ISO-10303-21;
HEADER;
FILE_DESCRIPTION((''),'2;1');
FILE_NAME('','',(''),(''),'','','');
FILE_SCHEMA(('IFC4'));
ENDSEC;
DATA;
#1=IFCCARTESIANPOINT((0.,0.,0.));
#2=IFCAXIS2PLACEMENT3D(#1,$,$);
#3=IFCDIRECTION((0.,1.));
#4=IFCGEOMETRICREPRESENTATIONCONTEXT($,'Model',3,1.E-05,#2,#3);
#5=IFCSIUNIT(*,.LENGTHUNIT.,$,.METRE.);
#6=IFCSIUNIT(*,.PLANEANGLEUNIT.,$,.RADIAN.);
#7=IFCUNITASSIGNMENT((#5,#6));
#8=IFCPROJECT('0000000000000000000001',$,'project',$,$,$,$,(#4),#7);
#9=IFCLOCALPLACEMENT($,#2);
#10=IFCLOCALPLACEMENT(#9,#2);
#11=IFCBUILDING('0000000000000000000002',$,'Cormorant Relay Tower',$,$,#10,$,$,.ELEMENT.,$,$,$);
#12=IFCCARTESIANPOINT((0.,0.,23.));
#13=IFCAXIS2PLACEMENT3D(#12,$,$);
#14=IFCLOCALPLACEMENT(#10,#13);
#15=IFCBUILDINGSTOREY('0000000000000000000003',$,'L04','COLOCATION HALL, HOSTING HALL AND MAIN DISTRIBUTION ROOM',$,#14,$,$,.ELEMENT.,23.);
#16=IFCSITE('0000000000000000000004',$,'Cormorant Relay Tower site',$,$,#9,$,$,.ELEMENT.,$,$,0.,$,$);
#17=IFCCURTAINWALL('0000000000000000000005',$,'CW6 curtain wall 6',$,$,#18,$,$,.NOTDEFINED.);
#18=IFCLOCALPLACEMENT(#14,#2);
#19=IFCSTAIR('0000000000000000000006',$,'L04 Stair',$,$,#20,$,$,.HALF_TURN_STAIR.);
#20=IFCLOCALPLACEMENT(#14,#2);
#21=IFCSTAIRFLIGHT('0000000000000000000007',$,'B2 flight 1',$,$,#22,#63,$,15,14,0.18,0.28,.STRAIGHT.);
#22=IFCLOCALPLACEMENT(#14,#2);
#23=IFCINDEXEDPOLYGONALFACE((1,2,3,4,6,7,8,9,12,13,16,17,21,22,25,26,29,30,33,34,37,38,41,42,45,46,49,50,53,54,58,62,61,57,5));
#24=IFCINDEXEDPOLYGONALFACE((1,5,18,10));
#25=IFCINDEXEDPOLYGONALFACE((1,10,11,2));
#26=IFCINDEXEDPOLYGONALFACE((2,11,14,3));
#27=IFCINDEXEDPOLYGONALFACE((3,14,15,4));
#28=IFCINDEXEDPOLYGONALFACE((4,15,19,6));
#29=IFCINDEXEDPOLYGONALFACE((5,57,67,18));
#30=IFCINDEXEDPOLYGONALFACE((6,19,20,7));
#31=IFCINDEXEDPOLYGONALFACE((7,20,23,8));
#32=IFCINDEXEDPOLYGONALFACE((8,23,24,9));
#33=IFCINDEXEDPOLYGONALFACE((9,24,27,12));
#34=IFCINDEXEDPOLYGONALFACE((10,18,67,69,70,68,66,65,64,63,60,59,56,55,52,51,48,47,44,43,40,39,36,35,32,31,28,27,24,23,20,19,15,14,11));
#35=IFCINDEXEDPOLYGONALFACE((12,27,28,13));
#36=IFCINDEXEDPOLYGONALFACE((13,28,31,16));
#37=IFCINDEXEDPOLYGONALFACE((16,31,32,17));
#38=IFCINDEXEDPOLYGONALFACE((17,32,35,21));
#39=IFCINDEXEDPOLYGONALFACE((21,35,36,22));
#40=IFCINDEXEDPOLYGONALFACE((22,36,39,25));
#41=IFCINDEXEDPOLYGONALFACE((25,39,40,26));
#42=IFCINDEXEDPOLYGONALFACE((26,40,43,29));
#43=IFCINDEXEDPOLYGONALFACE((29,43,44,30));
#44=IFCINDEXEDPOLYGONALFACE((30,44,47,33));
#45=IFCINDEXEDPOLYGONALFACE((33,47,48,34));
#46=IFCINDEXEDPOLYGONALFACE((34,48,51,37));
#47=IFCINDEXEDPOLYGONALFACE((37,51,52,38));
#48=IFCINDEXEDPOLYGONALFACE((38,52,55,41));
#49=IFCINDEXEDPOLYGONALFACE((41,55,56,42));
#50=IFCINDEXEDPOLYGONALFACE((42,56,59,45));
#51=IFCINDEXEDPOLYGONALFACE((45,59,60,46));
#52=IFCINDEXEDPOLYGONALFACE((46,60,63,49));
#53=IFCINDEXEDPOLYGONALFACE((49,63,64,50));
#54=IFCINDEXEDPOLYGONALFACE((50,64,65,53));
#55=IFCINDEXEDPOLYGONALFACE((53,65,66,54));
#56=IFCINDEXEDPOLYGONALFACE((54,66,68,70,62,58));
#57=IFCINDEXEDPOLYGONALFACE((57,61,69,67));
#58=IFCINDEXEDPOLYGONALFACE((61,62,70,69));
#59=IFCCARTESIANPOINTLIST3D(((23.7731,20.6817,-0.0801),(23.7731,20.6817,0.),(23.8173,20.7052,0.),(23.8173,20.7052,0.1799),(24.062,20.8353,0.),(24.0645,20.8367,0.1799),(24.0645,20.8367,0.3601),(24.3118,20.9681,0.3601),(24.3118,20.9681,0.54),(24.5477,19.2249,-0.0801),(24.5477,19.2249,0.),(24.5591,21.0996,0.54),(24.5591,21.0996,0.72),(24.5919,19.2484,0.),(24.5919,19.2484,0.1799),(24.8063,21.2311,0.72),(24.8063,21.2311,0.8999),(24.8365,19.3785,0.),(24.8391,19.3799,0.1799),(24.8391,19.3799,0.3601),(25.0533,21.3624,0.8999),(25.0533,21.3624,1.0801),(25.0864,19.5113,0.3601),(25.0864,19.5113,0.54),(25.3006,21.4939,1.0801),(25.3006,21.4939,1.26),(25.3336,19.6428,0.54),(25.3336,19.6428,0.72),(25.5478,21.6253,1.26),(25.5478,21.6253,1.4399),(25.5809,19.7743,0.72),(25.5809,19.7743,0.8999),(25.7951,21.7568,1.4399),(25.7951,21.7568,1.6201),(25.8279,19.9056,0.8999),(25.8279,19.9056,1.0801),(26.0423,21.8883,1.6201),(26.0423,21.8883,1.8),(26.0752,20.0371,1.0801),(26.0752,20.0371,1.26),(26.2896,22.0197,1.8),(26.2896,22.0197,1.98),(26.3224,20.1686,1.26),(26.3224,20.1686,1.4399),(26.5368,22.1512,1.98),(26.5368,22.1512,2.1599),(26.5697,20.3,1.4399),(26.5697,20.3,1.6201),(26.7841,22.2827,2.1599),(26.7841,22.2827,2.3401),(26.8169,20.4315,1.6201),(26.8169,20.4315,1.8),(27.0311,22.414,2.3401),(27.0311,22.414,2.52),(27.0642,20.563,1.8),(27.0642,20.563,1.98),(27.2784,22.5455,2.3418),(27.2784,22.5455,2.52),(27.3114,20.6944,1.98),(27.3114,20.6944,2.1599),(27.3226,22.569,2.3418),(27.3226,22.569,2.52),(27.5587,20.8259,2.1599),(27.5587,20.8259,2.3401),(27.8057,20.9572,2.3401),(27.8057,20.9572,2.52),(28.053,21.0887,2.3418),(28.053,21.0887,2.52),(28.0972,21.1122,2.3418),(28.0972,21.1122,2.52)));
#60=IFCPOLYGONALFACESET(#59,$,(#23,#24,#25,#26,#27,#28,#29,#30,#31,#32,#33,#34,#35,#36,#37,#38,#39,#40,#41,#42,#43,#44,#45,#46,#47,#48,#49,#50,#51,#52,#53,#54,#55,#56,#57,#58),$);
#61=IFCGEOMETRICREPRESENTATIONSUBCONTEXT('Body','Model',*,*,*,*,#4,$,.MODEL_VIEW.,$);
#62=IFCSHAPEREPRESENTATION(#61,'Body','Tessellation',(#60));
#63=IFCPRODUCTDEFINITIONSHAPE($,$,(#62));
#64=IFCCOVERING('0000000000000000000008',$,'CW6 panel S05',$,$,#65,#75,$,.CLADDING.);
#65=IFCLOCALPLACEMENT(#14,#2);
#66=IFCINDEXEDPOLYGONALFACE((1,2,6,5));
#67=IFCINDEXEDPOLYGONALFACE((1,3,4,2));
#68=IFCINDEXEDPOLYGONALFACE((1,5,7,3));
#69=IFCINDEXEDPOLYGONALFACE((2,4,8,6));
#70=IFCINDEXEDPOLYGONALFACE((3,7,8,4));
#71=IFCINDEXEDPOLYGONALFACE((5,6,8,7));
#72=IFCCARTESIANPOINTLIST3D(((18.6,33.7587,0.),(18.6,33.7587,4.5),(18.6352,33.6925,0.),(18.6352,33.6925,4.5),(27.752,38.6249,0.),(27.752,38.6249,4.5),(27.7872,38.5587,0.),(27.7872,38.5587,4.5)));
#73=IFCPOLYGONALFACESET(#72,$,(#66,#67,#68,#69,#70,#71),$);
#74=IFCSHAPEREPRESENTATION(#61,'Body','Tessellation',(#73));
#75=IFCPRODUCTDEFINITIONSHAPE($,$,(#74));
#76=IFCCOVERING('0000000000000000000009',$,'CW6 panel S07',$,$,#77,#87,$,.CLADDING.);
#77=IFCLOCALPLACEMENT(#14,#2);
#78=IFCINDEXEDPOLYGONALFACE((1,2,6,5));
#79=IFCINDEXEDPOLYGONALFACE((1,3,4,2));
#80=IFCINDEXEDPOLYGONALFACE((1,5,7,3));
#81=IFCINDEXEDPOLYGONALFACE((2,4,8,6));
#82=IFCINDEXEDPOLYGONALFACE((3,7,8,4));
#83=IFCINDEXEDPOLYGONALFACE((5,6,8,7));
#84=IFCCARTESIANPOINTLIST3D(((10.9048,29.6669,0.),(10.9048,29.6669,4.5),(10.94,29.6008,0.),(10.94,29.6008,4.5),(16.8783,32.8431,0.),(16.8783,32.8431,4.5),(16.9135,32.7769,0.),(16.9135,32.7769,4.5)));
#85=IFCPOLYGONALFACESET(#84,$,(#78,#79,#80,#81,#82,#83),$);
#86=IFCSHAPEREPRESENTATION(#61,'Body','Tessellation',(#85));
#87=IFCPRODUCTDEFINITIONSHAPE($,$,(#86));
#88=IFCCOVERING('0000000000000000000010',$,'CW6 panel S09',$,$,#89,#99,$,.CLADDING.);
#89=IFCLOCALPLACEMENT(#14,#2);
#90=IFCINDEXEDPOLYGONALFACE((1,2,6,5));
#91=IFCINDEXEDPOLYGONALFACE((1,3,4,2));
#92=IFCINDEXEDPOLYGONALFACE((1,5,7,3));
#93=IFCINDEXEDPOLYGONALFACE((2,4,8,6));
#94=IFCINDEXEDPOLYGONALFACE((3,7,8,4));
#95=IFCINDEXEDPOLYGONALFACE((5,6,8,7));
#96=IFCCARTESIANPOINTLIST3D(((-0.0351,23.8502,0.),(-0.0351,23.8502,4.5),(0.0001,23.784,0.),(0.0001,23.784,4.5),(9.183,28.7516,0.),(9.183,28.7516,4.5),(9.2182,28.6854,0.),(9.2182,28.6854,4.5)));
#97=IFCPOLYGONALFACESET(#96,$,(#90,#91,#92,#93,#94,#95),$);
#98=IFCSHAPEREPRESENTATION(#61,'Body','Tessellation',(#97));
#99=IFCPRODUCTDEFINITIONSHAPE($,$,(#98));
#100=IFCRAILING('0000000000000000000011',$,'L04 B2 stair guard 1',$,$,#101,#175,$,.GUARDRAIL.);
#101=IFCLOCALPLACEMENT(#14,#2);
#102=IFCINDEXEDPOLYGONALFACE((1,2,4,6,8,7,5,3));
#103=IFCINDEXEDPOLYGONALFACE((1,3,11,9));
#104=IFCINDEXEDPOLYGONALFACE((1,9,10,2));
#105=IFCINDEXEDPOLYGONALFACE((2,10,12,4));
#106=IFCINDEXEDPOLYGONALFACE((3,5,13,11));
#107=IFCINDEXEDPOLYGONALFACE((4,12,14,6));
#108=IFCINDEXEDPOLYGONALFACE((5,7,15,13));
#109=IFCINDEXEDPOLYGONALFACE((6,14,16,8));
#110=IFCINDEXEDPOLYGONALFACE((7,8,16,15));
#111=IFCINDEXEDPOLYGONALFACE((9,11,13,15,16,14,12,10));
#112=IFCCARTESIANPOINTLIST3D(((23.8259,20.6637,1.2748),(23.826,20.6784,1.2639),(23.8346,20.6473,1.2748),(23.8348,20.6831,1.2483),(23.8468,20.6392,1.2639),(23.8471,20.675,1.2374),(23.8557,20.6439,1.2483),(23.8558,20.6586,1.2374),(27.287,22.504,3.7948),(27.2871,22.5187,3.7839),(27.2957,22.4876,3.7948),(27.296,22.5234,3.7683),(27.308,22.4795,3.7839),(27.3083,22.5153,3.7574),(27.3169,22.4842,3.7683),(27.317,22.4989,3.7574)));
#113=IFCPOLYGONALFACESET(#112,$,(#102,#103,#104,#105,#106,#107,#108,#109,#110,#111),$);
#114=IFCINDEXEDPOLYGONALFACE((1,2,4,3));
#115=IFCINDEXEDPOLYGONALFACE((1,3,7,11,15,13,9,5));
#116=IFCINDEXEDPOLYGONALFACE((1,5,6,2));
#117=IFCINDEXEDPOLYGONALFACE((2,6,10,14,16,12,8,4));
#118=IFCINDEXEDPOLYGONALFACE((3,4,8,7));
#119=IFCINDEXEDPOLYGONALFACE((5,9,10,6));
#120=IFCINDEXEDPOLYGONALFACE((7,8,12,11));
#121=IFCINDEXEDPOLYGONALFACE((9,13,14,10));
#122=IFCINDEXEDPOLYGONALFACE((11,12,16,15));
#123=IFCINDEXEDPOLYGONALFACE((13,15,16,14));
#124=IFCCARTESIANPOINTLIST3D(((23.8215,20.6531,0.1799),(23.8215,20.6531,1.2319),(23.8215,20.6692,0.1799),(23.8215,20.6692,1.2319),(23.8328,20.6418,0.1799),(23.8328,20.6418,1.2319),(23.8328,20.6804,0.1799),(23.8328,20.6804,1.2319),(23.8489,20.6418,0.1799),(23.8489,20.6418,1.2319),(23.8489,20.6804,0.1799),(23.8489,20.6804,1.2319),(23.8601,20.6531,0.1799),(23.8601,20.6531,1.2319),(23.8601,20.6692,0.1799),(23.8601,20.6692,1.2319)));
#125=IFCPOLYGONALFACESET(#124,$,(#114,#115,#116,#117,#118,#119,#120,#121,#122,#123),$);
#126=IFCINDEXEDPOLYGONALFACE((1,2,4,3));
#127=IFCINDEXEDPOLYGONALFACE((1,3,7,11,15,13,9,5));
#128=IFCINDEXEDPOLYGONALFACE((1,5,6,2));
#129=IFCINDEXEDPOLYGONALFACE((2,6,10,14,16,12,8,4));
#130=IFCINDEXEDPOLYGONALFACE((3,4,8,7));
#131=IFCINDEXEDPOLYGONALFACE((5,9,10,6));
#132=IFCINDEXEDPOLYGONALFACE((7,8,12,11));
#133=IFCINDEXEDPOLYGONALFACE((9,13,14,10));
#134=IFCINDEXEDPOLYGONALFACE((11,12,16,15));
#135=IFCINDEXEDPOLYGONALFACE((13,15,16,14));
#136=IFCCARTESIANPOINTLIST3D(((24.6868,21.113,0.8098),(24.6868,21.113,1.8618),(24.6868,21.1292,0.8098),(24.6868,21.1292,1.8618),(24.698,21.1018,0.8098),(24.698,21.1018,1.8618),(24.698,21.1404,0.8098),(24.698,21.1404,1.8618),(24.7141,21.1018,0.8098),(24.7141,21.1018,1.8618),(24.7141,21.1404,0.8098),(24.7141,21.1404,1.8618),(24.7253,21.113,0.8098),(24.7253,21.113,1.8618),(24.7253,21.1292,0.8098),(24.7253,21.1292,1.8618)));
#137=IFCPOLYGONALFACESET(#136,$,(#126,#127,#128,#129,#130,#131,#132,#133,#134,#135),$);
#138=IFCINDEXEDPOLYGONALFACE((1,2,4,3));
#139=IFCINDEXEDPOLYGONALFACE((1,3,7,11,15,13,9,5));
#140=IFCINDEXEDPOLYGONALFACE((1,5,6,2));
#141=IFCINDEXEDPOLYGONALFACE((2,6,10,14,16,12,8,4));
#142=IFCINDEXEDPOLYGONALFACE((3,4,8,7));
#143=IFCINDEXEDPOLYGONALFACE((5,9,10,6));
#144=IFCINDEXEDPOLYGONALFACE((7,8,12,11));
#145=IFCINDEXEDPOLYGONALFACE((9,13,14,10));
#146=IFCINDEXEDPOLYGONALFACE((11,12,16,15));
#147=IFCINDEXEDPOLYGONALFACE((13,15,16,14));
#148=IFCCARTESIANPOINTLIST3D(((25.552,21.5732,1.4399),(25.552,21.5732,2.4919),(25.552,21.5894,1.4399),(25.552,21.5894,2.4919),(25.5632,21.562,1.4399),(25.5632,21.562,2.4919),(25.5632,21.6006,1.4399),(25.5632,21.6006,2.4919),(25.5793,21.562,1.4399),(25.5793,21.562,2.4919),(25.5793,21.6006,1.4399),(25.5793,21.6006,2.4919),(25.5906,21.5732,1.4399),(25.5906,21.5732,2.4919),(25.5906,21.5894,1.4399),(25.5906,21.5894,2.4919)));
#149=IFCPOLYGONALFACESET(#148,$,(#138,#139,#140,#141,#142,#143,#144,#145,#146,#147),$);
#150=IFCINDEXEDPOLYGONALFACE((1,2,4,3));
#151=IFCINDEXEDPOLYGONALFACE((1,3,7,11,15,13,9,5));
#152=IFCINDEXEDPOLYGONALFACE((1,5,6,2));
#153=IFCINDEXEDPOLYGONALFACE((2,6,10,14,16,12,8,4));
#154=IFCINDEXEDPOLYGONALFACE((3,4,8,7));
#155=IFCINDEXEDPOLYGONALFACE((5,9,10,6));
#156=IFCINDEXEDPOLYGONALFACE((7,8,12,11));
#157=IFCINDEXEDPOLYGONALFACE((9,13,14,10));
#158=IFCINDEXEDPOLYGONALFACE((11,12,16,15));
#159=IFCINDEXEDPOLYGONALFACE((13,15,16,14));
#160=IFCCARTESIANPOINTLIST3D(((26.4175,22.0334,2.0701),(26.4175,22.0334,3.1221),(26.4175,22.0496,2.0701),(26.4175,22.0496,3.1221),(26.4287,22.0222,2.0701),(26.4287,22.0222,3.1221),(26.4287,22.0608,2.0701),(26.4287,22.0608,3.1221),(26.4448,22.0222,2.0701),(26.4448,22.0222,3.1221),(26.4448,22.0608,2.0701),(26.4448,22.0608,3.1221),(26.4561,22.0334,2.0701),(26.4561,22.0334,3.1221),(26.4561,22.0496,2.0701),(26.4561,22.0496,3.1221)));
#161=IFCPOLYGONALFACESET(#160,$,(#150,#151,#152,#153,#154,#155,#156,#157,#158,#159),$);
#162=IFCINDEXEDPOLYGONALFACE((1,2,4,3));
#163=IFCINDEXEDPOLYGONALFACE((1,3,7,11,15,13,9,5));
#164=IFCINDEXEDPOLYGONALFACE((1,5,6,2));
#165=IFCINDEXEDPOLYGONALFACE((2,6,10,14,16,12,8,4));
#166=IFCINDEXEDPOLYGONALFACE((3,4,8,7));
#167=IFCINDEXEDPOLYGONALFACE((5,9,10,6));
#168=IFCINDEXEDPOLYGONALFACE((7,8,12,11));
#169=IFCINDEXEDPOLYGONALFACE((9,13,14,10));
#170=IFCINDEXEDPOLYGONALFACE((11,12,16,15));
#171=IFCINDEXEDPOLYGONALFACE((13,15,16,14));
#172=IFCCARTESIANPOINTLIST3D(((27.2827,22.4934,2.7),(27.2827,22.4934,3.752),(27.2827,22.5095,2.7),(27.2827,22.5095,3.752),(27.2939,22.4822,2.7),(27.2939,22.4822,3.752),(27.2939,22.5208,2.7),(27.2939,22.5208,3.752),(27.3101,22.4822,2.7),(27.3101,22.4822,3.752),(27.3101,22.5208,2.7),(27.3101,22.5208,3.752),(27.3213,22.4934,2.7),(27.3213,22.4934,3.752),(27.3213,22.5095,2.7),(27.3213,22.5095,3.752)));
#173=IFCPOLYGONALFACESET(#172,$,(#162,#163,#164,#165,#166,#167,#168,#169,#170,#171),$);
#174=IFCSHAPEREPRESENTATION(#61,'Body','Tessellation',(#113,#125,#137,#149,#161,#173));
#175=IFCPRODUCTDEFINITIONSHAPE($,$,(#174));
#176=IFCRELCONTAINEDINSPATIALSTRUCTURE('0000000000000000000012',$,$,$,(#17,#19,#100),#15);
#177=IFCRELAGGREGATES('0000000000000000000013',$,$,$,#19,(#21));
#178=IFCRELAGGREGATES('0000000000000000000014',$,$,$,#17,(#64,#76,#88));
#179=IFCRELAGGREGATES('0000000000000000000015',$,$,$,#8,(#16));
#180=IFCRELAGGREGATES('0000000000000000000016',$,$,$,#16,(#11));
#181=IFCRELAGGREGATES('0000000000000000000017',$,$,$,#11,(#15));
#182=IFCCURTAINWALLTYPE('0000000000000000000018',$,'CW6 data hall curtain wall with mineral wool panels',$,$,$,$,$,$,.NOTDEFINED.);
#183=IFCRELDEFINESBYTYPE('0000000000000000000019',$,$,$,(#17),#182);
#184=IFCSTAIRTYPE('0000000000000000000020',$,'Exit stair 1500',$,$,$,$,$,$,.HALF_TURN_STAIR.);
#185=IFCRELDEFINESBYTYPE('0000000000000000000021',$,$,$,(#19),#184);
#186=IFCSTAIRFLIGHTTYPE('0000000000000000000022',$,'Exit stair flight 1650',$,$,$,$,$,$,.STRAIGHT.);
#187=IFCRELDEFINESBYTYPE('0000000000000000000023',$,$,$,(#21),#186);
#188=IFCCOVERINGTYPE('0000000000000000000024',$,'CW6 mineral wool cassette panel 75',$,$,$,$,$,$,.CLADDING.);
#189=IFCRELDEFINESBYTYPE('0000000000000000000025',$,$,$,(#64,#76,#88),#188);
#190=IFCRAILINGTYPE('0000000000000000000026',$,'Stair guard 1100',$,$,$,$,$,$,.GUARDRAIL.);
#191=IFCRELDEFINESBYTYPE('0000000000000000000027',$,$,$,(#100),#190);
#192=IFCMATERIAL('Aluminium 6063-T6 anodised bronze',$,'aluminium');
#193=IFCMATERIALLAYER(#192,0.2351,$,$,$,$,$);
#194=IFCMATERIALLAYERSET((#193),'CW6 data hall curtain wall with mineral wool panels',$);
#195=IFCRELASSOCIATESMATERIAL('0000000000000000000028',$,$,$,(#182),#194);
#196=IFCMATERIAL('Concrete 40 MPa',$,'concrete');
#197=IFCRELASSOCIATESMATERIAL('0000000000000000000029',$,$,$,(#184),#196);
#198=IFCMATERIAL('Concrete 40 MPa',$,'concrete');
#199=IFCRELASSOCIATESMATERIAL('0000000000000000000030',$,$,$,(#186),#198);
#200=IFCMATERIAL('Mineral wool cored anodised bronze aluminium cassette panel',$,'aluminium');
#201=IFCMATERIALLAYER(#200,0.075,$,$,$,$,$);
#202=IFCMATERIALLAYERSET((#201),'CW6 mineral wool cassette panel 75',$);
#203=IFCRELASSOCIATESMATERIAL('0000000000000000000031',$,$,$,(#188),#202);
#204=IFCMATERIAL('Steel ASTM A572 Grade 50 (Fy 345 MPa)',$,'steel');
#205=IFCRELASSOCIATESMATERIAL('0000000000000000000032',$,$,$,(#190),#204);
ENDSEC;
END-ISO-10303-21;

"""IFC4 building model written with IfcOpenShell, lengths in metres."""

from ifc_helpers import new_model, si_unit, direction, frame, origin, origin_2d, place, context, subcontext, project, spatial, polyline, rectangle, outline, extrude, material, layer, layer_set, type_object, element, aggregate, save


model = new_model("IFC4")

# Units and contexts
model_context = context("Model", 3, precision=1e-05, world=origin(), true_north=direction((0.0, 1.0)))
body_context = subcontext(model_context, "Body", "Model", "MODEL_VIEW")
ifc_project = project(units=[si_unit("LENGTHUNIT", "METRE"), si_unit("PLANEANGLEUNIT", "RADIAN")], contexts=[model_context])

# Site, building, storey
site_placement = place(None, origin())
site = spatial("IfcSite", under=ifc_project, at=site_placement, Name="Cormorant Relay Tower site", CompositionType="ELEMENT", RefElevation=0.0)
building_placement = place(site_placement, origin())
building = spatial("IfcBuilding", under=site, at=building_placement, Name="Cormorant Relay Tower", CompositionType="ELEMENT")
storey_placement = place(building_placement, frame((0.0, 0.0, 23.0)))
storey = spatial("IfcBuildingStorey", under=building, at=storey_placement, Name="L04", Description="COLOCATION HALL, HOSTING HALL AND MAIN DISTRIBUTION ROOM", CompositionType="ELEMENT", Elevation=23.0)

# Curtain wall
ifc_material_1 = material(Name="Aluminium 6063-T6 anodised bronze", Category="aluminium")
ifc_layer_1 = layer(ifc_material_1, 0.2351)
ifc_layer_set_1 = layer_set([ifc_layer_1], Name="CW6 data hall curtain wall with mineral wool panels")
curtain_wall_type = type_object("IfcCurtainWallType", Name="CW6 data hall curtain wall with mineral wool panels", PredefinedType="NOTDEFINED", material=ifc_layer_set_1)
curtain_wall_1_placement = place(storey_placement, origin())
curtain_wall_1 = element("IfcCurtainWall", 1, at=curtain_wall_1_placement, inside=storey, type_object=curtain_wall_type, Name="CW6 curtain wall 6", PredefinedType="NOTDEFINED")

# Stair, stair flight
ifc_material_2 = material(Name="Concrete 40 MPa", Category="concrete")
stair_type = type_object("IfcStairType", Name="Exit stair 1500", PredefinedType="HALF_TURN_STAIR", material=ifc_material_2)
stair_placement = place(storey_placement, origin())
stair = element("IfcStair", 2, at=stair_placement, inside=storey, type_object=stair_type, Name="L04 Stair", PredefinedType="HALF_TURN_STAIR")
ifc_material_3 = material(Name="Concrete 40 MPa", Category="concrete")
stair_flight_type = type_object("IfcStairFlightType", Name="Exit stair flight 1650", PredefinedType="STRAIGHT", material=ifc_material_3)
stair_flight_placement = place(storey_placement, frame((24.2046, 19.9768, 0.0), z_axis=(0.0, 0.0, 1.0), x_axis=(0.882948, 0.469472, 0.0)))
stair_flight = element("IfcStairFlight", 3, at=stair_flight_placement, type_object=stair_flight_type, Name="B2 flight 1", NumberOfRisers=15, NumberOfTreads=14, PredefinedType="STRAIGHT", RiserHeight=0.18, TreadLength=0.28, context=body_context, shape_type="SweptSolid", body=[
    extrude(outline(polyline([(-0.05, -0.0801), (-0.05, 0.0), (0.0, 0.0), (0.0, 0.1799), (0.28, 0.1799), (0.28, 0.3601), (0.5601, 0.3601), (0.5601, 0.54), (0.8401, 0.54), (0.8401, 0.72), (1.1201, 0.72), (1.1201, 0.8999), (1.3999, 0.8999), (1.3999, 1.0801), (1.6799, 1.0801), (1.6799, 1.26), (1.96, 1.26), (1.96, 1.4399), (2.24, 1.4399), (2.24, 1.6201), (2.52, 1.6201), (2.52, 1.8), (2.8, 1.8), (2.8, 1.98), (3.0801, 1.98), (3.0801, 2.1599), (3.3601, 2.1599), (3.3601, 2.3401), (3.6399, 2.3401), (3.6399, 2.52), (3.9199, 2.52), (3.97, 2.52), (3.97, 2.3418), (3.9199, 2.3418), (0.2771, 0.0), (-0.05, -0.0801)])), frame((0.0, 0.825, 0.0), z_axis=(0.0, -1.0, 0.0), x_axis=(1.0, 0.0, 0.0)), (0.0, 0.0, 1.0), 1.6499),
])
aggregate(stair, [stair_flight])

# Coverings
ifc_material_4 = material(Name="Mineral wool cored anodised bronze aluminium cassette panel", Category="aluminium")
ifc_layer_2 = layer(ifc_material_4, 0.075)
ifc_layer_set_2 = layer_set([ifc_layer_2], Name="CW6 mineral wool cassette panel 75")
covering_type = type_object("IfcCoveringType", Name="CW6 mineral wool cassette panel 75", PredefinedType="CLADDING", material=ifc_layer_set_2)
covering_1_placement = place(storey_placement, frame((23.1936, 36.1587, 0.0), z_axis=(0.0, 0.0, 1.0), x_axis=(-0.882948, -0.469472, 0.0)))
covering_1 = element("IfcCovering", 4, at=covering_1_placement, type_object=covering_type, Name="CW6 panel S05", PredefinedType="CLADDING", context=body_context, shape_type="SweptSolid", body=[
    extrude(rectangle(XDim=10.3652, YDim=0.075, at=origin_2d()), origin(), (0.0, 0.0, 1.0), 4.5),
])
covering_2_placement = place(storey_placement, frame((13.9092, 31.2219, 0.0), z_axis=(0.0, 0.0, 1.0), x_axis=(-0.882948, -0.469472, 0.0)))
covering_2 = element("IfcCovering", 5, at=covering_2_placement, type_object=covering_type, Name="CW6 panel S07", PredefinedType="CLADDING", context=body_context, shape_type="SweptSolid", body=[
    extrude(rectangle(XDim=6.7654, YDim=0.075, at=origin_2d()), origin(), (0.0, 0.0, 1.0), 4.5),
])
covering_3_placement = place(storey_placement, frame((4.5916, 26.2678, 0.0), z_axis=(0.0, 0.0, 1.0), x_axis=(-0.882948, -0.469472, 0.0)))
covering_3 = element("IfcCovering", 6, at=covering_3_placement, type_object=covering_type, Name="CW6 panel S09", PredefinedType="CLADDING", context=body_context, shape_type="SweptSolid", body=[
    extrude(rectangle(XDim=10.4402, YDim=0.075, at=origin_2d()), origin(), (0.0, 0.0, 1.0), 4.5),
])
aggregate(curtain_wall_1, [covering_1, covering_2, covering_3])

# Railing
ifc_material_5 = material(Name="Steel ASTM A572 Grade 50 (Fy 345 MPa)", Category="steel")
railing_type_1 = type_object("IfcRailingType", Name="Stair guard 1100", PredefinedType="GUARDRAIL", material=ifc_material_5)
railing_1_placement = place(storey_placement, frame((23.8408, 20.6611, 0.1799)))
element("IfcRailing", 7, at=railing_1_placement, inside=storey, type_object=railing_type_1, Name="L04 B2 stair guard 1", PredefinedType="GUARDRAIL", context=body_context, shape_type="SweptSolid", body=[
    extrude(outline(polyline([(0.0222, 0.0093), (0.0093, 0.0222), (-0.0093, 0.0222), (-0.0222, 0.0093), (-0.0222, -0.0093), (-0.0093, -0.0222), (0.0093, -0.0222), (0.0222, -0.0093), (0.0222, 0.0093)])), frame((0.0, 0.0, 1.0762), z_axis=(0.742717, 0.394907, 0.540758), x_axis=(-0.469469, 0.882949, 0.0)), (0.0, 0.0, 1.0), 4.6602),
    extrude(outline(polyline([(0.0193, 0.0081), (0.0081, 0.0193), (-0.0081, 0.0193), (-0.0193, 0.0081), (-0.0193, -0.0081), (-0.0081, -0.0193), (0.0081, -0.0193), (0.0193, -0.0081), (0.0193, 0.0081)])), origin(), (0.0, 0.0, 1.0), 1.052),
    extrude(outline(polyline([(0.0193, 0.0081), (0.0081, 0.0193), (-0.0081, 0.0193), (-0.0193, 0.0081), (-0.0193, -0.0081), (-0.0081, -0.0193), (0.0081, -0.0193), (0.0193, -0.0081), (0.0193, 0.0081)])), frame((0.8652, 0.46, 0.6299)), (0.0, 0.0, 1.0), 1.052),
    extrude(outline(polyline([(0.0193, 0.0081), (0.0081, 0.0193), (-0.0081, 0.0193), (-0.0193, 0.0081), (-0.0193, -0.0081), (-0.0081, -0.0193), (0.0081, -0.0193), (0.0193, -0.0081), (0.0193, 0.0081)])), frame((1.7305, 0.9202, 1.26)), (0.0, 0.0, 1.0), 1.052),
    extrude(outline(polyline([(0.0193, 0.0081), (0.0081, 0.0193), (-0.0081, 0.0193), (-0.0193, 0.0081), (-0.0193, -0.0081), (-0.0081, -0.0193), (0.0081, -0.0193), (0.0193, -0.0081), (0.0193, 0.0081)])), frame((2.5959, 1.3804, 1.8901)), (0.0, 0.0, 1.0), 1.052),
    extrude(outline(polyline([(0.0193, 0.0081), (0.0081, 0.0193), (-0.0081, 0.0193), (-0.0193, 0.0081), (-0.0193, -0.0081), (-0.0081, -0.0193), (0.0081, -0.0193), (0.0193, -0.0081), (0.0193, 0.0081)])), frame((3.4612, 1.8403, 2.52)), (0.0, 0.0, 1.0), 1.052),
])

save(model, "model.ifc")
